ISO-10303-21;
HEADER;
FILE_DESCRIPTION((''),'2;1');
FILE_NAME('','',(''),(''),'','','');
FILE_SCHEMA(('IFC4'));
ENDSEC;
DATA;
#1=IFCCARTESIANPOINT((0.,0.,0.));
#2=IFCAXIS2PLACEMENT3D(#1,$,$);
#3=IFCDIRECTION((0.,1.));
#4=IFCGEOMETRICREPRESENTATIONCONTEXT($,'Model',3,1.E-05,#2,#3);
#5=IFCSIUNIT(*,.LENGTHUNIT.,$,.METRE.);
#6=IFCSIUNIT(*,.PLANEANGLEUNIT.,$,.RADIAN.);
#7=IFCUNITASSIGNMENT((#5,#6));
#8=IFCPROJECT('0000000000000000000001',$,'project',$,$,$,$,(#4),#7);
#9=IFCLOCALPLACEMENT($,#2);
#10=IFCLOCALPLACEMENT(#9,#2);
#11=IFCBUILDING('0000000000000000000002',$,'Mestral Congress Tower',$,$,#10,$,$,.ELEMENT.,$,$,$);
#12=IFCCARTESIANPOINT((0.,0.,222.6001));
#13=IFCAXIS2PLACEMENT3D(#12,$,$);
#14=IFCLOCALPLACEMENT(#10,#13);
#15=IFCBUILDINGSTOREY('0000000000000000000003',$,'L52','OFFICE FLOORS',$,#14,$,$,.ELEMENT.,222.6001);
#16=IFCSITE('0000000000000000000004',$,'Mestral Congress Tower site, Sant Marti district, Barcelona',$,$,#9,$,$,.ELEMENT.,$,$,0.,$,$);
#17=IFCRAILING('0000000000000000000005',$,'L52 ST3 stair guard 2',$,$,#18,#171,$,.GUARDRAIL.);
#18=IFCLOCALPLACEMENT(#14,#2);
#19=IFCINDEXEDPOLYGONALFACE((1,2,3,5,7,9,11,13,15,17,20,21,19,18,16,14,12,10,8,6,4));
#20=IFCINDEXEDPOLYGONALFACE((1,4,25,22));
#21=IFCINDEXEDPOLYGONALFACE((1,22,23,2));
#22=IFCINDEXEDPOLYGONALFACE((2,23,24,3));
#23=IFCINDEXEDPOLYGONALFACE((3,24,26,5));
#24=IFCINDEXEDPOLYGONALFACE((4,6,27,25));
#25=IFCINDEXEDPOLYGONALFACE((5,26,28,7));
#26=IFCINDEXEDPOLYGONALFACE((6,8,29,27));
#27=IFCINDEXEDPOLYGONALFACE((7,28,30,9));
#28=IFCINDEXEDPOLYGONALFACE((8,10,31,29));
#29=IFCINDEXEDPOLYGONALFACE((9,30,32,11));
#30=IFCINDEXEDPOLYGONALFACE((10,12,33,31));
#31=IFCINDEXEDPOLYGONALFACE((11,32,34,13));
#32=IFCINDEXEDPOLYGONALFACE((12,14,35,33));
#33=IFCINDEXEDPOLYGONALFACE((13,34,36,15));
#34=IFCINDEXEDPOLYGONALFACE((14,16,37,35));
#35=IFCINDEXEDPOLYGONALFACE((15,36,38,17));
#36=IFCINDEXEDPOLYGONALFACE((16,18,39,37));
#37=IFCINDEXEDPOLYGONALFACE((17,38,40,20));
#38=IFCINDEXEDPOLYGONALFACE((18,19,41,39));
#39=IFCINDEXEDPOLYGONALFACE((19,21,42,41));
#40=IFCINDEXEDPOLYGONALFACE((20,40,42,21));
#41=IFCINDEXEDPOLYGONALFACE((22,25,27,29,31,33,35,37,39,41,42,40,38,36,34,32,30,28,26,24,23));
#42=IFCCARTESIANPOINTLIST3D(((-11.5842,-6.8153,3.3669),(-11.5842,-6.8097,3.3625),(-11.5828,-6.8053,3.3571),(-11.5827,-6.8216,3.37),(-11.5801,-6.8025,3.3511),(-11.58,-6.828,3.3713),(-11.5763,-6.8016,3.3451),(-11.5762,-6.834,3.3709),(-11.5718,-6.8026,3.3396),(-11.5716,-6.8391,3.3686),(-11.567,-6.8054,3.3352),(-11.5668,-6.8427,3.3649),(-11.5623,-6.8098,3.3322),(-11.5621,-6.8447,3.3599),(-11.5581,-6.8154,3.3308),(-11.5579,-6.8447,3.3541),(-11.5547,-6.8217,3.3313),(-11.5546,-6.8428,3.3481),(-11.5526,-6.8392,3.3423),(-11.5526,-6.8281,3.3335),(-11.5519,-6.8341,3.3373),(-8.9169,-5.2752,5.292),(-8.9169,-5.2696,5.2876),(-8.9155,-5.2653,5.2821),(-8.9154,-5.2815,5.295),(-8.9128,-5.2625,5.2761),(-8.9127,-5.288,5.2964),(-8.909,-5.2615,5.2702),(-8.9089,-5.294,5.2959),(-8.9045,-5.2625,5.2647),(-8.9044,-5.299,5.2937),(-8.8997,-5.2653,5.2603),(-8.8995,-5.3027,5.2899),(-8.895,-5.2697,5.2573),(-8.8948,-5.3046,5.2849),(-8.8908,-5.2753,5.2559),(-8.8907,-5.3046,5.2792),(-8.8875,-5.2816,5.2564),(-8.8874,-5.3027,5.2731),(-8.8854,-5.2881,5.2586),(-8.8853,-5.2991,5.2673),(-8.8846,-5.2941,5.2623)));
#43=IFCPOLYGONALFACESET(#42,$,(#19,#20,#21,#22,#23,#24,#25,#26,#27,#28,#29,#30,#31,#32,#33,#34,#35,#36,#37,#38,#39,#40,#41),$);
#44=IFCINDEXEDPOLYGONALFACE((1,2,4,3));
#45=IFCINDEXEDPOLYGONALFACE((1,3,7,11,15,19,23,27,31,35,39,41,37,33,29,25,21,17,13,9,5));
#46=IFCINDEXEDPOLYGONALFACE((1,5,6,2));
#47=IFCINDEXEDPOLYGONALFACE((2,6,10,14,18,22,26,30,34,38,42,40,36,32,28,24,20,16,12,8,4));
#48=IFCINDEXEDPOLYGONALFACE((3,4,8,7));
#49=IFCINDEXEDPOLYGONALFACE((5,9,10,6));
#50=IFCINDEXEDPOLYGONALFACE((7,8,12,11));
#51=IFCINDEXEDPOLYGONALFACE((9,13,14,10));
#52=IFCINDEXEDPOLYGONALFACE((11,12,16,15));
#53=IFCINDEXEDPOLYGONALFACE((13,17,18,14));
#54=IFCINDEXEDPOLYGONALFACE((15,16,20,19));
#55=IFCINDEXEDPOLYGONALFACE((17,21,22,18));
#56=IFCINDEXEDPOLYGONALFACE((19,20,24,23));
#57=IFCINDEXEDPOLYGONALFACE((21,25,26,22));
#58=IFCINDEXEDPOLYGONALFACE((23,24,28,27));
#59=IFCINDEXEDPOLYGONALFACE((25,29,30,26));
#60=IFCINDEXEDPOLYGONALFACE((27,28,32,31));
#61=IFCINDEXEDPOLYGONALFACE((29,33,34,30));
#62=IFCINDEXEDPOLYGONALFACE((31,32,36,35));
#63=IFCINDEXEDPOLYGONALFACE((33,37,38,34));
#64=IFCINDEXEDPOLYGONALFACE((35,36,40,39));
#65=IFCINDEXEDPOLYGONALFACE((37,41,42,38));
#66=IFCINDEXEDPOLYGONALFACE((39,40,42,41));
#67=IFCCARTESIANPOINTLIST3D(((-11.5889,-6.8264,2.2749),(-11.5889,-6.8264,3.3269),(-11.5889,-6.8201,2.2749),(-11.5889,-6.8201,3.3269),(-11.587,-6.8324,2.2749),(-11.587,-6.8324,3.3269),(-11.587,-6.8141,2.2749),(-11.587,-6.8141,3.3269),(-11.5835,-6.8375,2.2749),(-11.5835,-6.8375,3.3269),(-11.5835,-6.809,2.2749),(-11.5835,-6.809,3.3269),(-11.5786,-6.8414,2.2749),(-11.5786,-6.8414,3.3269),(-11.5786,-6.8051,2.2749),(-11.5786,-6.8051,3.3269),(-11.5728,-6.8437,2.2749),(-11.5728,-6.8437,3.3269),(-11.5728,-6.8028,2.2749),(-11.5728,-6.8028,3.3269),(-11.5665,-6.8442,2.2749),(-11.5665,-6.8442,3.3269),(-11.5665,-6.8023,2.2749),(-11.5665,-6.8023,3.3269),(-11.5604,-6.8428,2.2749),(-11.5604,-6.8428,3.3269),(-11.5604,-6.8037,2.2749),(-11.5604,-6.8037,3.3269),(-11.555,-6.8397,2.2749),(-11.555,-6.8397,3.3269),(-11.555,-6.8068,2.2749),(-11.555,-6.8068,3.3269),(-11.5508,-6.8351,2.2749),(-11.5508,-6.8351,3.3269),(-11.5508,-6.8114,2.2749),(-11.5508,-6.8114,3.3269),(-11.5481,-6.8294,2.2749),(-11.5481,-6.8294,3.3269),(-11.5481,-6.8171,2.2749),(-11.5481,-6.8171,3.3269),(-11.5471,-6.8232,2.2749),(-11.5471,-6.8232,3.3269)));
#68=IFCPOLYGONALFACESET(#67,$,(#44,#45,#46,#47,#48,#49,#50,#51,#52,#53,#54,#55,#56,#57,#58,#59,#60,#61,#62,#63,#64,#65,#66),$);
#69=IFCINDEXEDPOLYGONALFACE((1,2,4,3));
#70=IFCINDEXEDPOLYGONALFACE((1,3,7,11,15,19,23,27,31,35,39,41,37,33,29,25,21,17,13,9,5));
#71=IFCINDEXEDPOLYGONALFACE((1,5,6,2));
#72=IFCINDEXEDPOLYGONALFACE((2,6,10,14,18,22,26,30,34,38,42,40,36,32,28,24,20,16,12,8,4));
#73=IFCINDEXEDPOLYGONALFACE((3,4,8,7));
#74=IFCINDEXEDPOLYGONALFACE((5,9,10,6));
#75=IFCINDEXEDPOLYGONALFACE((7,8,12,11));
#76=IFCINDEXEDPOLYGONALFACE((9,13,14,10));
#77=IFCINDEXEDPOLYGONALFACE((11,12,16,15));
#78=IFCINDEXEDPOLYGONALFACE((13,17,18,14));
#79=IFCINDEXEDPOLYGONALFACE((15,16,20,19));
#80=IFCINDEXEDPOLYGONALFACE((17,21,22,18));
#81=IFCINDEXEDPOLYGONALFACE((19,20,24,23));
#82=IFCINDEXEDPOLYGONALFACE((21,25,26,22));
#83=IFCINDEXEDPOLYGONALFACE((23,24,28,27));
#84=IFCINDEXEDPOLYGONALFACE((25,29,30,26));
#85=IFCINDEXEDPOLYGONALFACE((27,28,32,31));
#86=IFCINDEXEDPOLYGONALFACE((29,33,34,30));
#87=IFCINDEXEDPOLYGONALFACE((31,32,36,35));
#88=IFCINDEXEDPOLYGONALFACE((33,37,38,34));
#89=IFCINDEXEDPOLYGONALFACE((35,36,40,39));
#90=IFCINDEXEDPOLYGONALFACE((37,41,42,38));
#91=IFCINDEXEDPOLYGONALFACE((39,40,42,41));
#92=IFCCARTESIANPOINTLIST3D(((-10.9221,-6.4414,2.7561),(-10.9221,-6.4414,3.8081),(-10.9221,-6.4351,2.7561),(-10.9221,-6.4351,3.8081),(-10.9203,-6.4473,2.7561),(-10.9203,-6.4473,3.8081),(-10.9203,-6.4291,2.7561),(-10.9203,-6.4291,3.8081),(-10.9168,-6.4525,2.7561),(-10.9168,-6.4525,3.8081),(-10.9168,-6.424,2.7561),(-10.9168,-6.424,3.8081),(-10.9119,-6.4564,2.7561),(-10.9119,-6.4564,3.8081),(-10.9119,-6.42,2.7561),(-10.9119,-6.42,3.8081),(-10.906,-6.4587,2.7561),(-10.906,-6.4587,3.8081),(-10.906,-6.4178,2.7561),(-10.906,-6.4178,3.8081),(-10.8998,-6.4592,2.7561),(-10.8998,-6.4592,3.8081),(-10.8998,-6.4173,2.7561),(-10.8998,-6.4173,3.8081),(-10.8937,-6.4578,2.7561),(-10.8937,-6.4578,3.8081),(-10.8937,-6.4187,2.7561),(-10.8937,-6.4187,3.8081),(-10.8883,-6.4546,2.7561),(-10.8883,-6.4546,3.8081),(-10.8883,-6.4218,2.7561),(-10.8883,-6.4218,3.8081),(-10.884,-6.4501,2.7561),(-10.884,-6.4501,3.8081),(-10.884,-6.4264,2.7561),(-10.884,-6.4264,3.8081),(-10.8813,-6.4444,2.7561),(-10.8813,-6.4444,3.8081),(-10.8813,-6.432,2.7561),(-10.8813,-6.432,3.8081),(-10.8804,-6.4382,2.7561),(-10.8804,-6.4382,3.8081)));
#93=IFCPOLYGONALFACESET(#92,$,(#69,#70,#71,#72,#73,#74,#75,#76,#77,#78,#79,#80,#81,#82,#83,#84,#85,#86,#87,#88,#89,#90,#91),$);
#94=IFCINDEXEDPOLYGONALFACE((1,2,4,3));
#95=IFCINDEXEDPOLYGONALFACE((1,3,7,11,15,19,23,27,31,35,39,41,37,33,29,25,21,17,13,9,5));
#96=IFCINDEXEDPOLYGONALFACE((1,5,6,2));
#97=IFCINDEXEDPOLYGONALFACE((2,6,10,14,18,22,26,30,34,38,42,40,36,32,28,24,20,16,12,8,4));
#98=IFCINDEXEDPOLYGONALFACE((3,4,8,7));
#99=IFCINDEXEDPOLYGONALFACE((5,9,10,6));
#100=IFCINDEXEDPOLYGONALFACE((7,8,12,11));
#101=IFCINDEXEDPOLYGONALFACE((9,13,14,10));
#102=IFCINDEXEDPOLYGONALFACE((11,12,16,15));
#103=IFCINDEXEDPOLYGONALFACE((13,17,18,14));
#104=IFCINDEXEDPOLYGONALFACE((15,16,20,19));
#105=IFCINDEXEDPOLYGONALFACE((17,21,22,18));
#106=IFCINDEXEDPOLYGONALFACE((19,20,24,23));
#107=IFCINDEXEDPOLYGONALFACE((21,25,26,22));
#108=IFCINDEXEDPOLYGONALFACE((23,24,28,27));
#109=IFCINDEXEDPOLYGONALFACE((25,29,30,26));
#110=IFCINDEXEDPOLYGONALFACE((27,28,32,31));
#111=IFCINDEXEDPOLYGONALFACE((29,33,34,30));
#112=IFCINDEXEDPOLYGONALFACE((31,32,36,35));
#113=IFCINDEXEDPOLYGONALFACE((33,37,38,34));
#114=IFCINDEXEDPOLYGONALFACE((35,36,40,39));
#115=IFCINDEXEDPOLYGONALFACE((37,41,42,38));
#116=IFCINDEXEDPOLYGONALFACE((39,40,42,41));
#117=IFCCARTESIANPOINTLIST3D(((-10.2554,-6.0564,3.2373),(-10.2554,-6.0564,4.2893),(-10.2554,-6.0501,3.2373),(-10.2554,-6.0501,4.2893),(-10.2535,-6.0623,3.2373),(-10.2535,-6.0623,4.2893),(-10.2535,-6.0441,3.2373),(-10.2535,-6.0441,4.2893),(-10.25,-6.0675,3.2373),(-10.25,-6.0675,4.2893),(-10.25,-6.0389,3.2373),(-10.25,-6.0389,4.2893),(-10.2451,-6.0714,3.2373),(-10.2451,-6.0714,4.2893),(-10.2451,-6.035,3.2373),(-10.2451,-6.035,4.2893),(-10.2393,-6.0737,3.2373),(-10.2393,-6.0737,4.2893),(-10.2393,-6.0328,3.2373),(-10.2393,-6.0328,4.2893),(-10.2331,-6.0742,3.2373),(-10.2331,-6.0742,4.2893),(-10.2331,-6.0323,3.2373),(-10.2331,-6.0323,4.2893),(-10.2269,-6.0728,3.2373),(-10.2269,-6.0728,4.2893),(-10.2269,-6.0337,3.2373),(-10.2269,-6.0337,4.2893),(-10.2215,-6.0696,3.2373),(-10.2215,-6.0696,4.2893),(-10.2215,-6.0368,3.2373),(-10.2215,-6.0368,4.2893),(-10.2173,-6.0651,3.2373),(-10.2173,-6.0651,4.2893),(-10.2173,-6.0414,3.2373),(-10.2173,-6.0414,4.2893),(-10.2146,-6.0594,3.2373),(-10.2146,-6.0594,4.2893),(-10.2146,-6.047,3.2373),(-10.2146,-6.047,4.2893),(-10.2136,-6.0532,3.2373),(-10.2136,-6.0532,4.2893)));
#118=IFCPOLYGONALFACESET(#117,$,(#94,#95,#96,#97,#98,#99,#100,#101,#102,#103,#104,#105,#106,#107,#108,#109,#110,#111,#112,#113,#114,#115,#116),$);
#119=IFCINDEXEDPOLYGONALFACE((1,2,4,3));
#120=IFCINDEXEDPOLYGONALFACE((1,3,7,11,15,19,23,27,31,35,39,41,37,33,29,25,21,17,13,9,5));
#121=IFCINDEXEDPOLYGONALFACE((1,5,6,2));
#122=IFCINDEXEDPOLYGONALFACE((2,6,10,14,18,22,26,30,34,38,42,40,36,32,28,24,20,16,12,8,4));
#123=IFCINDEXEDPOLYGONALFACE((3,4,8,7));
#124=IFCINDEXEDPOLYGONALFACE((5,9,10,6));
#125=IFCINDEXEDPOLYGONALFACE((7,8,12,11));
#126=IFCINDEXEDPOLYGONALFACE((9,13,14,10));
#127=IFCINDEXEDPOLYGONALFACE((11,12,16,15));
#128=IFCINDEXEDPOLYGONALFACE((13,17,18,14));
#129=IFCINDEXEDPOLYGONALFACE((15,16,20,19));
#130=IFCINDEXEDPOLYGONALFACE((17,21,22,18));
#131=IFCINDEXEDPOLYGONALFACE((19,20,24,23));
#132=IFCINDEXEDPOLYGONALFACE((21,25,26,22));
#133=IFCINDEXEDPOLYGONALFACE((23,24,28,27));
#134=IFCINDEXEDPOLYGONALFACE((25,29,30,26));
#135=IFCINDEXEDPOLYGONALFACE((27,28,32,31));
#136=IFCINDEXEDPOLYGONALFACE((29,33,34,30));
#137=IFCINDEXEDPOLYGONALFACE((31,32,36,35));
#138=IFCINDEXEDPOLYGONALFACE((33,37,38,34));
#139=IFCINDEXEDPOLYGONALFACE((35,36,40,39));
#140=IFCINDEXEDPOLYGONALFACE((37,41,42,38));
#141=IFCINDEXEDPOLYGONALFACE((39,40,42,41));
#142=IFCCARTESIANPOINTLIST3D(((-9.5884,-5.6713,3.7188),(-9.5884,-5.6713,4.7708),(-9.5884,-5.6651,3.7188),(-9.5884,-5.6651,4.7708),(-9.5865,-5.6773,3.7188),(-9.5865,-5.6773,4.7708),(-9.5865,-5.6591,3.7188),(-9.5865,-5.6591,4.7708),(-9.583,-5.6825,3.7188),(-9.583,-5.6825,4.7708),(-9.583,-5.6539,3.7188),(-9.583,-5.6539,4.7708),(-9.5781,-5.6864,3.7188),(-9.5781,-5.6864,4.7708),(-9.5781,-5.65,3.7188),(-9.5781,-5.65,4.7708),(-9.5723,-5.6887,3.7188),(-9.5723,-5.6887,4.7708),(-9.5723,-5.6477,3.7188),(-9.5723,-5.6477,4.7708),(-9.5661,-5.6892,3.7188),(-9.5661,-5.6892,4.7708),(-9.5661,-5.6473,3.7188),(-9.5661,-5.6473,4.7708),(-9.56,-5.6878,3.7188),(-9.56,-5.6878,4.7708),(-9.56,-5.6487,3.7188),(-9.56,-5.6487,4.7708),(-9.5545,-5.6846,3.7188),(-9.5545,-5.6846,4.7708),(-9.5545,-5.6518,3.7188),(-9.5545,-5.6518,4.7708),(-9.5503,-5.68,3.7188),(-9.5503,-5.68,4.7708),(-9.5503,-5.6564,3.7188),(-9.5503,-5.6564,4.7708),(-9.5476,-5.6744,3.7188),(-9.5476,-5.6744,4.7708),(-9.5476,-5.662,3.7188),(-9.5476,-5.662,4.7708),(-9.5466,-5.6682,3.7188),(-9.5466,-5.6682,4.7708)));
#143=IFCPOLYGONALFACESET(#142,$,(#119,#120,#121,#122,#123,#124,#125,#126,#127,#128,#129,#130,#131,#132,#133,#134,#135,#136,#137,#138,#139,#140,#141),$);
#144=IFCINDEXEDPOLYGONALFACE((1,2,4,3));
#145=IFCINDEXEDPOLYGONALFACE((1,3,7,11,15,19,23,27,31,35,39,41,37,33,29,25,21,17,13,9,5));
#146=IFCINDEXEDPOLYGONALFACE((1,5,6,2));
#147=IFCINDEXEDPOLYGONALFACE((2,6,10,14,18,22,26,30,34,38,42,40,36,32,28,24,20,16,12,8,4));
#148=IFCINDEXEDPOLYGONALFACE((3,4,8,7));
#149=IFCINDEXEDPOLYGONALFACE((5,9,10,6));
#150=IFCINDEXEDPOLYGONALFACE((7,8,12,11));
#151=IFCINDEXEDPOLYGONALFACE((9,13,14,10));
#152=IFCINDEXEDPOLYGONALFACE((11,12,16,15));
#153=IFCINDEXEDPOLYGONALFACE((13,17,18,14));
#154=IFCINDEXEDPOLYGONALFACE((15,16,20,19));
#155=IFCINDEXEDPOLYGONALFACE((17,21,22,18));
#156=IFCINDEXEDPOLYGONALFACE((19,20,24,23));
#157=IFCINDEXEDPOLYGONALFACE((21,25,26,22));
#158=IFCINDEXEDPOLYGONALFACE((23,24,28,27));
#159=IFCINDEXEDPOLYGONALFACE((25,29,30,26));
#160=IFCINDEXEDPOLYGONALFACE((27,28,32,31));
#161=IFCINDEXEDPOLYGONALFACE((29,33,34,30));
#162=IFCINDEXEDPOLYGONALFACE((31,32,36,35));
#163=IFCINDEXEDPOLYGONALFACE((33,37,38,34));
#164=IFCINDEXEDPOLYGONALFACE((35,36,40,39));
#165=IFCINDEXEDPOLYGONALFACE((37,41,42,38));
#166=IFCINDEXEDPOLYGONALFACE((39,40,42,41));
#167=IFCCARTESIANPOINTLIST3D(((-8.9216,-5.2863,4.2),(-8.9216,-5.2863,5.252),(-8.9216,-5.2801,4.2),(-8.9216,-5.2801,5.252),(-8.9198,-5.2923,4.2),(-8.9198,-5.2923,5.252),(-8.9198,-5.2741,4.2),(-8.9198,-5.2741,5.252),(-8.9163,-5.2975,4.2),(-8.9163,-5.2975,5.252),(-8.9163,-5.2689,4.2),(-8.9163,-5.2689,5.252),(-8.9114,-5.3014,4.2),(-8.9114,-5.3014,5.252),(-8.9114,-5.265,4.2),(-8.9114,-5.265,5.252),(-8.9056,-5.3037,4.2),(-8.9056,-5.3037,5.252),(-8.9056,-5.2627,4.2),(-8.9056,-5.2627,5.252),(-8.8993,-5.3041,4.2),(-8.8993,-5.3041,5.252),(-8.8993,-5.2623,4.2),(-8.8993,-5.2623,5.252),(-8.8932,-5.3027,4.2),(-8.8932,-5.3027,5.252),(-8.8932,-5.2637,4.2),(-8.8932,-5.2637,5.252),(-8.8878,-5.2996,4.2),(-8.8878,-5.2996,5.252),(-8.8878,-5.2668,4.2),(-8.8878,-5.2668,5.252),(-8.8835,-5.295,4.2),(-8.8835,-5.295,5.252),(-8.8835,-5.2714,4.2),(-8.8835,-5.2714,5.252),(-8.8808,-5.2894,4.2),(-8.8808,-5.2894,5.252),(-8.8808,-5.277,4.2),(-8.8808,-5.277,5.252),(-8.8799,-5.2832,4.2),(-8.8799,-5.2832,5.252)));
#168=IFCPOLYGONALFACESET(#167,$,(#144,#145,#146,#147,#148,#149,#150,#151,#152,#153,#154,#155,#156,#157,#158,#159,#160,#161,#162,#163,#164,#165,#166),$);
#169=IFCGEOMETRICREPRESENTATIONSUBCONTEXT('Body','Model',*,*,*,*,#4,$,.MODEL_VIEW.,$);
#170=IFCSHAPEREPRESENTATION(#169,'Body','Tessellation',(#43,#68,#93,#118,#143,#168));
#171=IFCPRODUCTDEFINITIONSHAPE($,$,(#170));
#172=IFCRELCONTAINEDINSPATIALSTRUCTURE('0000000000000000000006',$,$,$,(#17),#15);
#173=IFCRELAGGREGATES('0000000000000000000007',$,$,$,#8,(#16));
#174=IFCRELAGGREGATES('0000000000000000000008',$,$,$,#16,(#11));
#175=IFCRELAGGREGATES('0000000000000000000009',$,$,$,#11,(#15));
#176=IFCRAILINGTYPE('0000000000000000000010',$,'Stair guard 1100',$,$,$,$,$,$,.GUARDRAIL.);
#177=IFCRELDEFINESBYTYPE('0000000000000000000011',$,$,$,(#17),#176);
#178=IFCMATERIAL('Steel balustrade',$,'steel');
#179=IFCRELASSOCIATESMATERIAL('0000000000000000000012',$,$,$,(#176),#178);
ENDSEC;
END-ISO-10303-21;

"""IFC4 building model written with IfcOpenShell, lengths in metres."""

from ifc_helpers import new_model, si_unit, direction, frame, origin, origin_2d, place, context, subcontext, project, spatial, circle, extrude, material, type_object, element, save


model = new_model("IFC4")

# Units and contexts
model_context = context("Model", 3, precision=1e-05, world=origin(), true_north=direction((0.0, 1.0)))
body_context = subcontext(model_context, "Body", "Model", "MODEL_VIEW")
ifc_project = project(units=[si_unit("LENGTHUNIT", "METRE"), si_unit("PLANEANGLEUNIT", "RADIAN")], contexts=[model_context])

# Site, building, storey
site_placement = place(None, origin())
site = spatial("IfcSite", under=ifc_project, at=site_placement, Name="Mestral Congress Tower site, Sant Marti district, Barcelona", CompositionType="ELEMENT", RefElevation=0.0)
building_placement = place(site_placement, origin())
building = spatial("IfcBuilding", under=site, at=building_placement, Name="Mestral Congress Tower", CompositionType="ELEMENT")
storey_placement = place(building_placement, frame((0.0, 0.0, 222.6001)))
storey = spatial("IfcBuildingStorey", under=building, at=storey_placement, Name="L52", Description="OFFICE FLOORS", CompositionType="ELEMENT", Elevation=222.6001)

# Railing
ifc_material_1 = material(Name="Steel balustrade", Category="steel")
railing_type_1 = type_object("IfcRailingType", Name="Stair guard 1100", PredefinedType="GUARDRAIL", material=ifc_material_1)
railing_1_placement = place(storey_placement, frame((-11.5681, -6.8232, 2.2749)))
element("IfcRailing", 1, at=railing_1_placement, inside=storey, type_object=railing_type_1, Name="L52 ST3 stair guard 2", PredefinedType="GUARDRAIL", context=body_context, shape_type="SweptSolid", body=[
    extrude(circle(Radius=0.0239, at=origin_2d()), frame((0.0, 0.0, 1.0762), z_axis=(0.734364, 0.424015, 0.530019), x_axis=(-0.500027, 0.86601, 0.0)), (0.0, 0.0, 1.0), 3.6321),
    extrude(circle(Radius=0.021, at=origin_2d()), origin(), (0.0, 0.0, 1.0), 1.052),
    extrude(circle(Radius=0.021, at=origin_2d()), frame((0.6667, 0.385, 0.4812)), (0.0, 0.0, 1.0), 1.052),
    extrude(circle(Radius=0.021, at=origin_2d()), frame((1.3335, 0.77, 0.9624)), (0.0, 0.0, 1.0), 1.052),
    extrude(circle(Radius=0.021, at=origin_2d()), frame((2.0005, 1.155, 1.4438)), (0.0, 0.0, 1.0), 1.052),
    extrude(circle(Radius=0.021, at=origin_2d()), frame((2.6672, 1.54, 1.925)), (0.0, 0.0, 1.0), 1.052),
])

save(model, "model.ifc")
